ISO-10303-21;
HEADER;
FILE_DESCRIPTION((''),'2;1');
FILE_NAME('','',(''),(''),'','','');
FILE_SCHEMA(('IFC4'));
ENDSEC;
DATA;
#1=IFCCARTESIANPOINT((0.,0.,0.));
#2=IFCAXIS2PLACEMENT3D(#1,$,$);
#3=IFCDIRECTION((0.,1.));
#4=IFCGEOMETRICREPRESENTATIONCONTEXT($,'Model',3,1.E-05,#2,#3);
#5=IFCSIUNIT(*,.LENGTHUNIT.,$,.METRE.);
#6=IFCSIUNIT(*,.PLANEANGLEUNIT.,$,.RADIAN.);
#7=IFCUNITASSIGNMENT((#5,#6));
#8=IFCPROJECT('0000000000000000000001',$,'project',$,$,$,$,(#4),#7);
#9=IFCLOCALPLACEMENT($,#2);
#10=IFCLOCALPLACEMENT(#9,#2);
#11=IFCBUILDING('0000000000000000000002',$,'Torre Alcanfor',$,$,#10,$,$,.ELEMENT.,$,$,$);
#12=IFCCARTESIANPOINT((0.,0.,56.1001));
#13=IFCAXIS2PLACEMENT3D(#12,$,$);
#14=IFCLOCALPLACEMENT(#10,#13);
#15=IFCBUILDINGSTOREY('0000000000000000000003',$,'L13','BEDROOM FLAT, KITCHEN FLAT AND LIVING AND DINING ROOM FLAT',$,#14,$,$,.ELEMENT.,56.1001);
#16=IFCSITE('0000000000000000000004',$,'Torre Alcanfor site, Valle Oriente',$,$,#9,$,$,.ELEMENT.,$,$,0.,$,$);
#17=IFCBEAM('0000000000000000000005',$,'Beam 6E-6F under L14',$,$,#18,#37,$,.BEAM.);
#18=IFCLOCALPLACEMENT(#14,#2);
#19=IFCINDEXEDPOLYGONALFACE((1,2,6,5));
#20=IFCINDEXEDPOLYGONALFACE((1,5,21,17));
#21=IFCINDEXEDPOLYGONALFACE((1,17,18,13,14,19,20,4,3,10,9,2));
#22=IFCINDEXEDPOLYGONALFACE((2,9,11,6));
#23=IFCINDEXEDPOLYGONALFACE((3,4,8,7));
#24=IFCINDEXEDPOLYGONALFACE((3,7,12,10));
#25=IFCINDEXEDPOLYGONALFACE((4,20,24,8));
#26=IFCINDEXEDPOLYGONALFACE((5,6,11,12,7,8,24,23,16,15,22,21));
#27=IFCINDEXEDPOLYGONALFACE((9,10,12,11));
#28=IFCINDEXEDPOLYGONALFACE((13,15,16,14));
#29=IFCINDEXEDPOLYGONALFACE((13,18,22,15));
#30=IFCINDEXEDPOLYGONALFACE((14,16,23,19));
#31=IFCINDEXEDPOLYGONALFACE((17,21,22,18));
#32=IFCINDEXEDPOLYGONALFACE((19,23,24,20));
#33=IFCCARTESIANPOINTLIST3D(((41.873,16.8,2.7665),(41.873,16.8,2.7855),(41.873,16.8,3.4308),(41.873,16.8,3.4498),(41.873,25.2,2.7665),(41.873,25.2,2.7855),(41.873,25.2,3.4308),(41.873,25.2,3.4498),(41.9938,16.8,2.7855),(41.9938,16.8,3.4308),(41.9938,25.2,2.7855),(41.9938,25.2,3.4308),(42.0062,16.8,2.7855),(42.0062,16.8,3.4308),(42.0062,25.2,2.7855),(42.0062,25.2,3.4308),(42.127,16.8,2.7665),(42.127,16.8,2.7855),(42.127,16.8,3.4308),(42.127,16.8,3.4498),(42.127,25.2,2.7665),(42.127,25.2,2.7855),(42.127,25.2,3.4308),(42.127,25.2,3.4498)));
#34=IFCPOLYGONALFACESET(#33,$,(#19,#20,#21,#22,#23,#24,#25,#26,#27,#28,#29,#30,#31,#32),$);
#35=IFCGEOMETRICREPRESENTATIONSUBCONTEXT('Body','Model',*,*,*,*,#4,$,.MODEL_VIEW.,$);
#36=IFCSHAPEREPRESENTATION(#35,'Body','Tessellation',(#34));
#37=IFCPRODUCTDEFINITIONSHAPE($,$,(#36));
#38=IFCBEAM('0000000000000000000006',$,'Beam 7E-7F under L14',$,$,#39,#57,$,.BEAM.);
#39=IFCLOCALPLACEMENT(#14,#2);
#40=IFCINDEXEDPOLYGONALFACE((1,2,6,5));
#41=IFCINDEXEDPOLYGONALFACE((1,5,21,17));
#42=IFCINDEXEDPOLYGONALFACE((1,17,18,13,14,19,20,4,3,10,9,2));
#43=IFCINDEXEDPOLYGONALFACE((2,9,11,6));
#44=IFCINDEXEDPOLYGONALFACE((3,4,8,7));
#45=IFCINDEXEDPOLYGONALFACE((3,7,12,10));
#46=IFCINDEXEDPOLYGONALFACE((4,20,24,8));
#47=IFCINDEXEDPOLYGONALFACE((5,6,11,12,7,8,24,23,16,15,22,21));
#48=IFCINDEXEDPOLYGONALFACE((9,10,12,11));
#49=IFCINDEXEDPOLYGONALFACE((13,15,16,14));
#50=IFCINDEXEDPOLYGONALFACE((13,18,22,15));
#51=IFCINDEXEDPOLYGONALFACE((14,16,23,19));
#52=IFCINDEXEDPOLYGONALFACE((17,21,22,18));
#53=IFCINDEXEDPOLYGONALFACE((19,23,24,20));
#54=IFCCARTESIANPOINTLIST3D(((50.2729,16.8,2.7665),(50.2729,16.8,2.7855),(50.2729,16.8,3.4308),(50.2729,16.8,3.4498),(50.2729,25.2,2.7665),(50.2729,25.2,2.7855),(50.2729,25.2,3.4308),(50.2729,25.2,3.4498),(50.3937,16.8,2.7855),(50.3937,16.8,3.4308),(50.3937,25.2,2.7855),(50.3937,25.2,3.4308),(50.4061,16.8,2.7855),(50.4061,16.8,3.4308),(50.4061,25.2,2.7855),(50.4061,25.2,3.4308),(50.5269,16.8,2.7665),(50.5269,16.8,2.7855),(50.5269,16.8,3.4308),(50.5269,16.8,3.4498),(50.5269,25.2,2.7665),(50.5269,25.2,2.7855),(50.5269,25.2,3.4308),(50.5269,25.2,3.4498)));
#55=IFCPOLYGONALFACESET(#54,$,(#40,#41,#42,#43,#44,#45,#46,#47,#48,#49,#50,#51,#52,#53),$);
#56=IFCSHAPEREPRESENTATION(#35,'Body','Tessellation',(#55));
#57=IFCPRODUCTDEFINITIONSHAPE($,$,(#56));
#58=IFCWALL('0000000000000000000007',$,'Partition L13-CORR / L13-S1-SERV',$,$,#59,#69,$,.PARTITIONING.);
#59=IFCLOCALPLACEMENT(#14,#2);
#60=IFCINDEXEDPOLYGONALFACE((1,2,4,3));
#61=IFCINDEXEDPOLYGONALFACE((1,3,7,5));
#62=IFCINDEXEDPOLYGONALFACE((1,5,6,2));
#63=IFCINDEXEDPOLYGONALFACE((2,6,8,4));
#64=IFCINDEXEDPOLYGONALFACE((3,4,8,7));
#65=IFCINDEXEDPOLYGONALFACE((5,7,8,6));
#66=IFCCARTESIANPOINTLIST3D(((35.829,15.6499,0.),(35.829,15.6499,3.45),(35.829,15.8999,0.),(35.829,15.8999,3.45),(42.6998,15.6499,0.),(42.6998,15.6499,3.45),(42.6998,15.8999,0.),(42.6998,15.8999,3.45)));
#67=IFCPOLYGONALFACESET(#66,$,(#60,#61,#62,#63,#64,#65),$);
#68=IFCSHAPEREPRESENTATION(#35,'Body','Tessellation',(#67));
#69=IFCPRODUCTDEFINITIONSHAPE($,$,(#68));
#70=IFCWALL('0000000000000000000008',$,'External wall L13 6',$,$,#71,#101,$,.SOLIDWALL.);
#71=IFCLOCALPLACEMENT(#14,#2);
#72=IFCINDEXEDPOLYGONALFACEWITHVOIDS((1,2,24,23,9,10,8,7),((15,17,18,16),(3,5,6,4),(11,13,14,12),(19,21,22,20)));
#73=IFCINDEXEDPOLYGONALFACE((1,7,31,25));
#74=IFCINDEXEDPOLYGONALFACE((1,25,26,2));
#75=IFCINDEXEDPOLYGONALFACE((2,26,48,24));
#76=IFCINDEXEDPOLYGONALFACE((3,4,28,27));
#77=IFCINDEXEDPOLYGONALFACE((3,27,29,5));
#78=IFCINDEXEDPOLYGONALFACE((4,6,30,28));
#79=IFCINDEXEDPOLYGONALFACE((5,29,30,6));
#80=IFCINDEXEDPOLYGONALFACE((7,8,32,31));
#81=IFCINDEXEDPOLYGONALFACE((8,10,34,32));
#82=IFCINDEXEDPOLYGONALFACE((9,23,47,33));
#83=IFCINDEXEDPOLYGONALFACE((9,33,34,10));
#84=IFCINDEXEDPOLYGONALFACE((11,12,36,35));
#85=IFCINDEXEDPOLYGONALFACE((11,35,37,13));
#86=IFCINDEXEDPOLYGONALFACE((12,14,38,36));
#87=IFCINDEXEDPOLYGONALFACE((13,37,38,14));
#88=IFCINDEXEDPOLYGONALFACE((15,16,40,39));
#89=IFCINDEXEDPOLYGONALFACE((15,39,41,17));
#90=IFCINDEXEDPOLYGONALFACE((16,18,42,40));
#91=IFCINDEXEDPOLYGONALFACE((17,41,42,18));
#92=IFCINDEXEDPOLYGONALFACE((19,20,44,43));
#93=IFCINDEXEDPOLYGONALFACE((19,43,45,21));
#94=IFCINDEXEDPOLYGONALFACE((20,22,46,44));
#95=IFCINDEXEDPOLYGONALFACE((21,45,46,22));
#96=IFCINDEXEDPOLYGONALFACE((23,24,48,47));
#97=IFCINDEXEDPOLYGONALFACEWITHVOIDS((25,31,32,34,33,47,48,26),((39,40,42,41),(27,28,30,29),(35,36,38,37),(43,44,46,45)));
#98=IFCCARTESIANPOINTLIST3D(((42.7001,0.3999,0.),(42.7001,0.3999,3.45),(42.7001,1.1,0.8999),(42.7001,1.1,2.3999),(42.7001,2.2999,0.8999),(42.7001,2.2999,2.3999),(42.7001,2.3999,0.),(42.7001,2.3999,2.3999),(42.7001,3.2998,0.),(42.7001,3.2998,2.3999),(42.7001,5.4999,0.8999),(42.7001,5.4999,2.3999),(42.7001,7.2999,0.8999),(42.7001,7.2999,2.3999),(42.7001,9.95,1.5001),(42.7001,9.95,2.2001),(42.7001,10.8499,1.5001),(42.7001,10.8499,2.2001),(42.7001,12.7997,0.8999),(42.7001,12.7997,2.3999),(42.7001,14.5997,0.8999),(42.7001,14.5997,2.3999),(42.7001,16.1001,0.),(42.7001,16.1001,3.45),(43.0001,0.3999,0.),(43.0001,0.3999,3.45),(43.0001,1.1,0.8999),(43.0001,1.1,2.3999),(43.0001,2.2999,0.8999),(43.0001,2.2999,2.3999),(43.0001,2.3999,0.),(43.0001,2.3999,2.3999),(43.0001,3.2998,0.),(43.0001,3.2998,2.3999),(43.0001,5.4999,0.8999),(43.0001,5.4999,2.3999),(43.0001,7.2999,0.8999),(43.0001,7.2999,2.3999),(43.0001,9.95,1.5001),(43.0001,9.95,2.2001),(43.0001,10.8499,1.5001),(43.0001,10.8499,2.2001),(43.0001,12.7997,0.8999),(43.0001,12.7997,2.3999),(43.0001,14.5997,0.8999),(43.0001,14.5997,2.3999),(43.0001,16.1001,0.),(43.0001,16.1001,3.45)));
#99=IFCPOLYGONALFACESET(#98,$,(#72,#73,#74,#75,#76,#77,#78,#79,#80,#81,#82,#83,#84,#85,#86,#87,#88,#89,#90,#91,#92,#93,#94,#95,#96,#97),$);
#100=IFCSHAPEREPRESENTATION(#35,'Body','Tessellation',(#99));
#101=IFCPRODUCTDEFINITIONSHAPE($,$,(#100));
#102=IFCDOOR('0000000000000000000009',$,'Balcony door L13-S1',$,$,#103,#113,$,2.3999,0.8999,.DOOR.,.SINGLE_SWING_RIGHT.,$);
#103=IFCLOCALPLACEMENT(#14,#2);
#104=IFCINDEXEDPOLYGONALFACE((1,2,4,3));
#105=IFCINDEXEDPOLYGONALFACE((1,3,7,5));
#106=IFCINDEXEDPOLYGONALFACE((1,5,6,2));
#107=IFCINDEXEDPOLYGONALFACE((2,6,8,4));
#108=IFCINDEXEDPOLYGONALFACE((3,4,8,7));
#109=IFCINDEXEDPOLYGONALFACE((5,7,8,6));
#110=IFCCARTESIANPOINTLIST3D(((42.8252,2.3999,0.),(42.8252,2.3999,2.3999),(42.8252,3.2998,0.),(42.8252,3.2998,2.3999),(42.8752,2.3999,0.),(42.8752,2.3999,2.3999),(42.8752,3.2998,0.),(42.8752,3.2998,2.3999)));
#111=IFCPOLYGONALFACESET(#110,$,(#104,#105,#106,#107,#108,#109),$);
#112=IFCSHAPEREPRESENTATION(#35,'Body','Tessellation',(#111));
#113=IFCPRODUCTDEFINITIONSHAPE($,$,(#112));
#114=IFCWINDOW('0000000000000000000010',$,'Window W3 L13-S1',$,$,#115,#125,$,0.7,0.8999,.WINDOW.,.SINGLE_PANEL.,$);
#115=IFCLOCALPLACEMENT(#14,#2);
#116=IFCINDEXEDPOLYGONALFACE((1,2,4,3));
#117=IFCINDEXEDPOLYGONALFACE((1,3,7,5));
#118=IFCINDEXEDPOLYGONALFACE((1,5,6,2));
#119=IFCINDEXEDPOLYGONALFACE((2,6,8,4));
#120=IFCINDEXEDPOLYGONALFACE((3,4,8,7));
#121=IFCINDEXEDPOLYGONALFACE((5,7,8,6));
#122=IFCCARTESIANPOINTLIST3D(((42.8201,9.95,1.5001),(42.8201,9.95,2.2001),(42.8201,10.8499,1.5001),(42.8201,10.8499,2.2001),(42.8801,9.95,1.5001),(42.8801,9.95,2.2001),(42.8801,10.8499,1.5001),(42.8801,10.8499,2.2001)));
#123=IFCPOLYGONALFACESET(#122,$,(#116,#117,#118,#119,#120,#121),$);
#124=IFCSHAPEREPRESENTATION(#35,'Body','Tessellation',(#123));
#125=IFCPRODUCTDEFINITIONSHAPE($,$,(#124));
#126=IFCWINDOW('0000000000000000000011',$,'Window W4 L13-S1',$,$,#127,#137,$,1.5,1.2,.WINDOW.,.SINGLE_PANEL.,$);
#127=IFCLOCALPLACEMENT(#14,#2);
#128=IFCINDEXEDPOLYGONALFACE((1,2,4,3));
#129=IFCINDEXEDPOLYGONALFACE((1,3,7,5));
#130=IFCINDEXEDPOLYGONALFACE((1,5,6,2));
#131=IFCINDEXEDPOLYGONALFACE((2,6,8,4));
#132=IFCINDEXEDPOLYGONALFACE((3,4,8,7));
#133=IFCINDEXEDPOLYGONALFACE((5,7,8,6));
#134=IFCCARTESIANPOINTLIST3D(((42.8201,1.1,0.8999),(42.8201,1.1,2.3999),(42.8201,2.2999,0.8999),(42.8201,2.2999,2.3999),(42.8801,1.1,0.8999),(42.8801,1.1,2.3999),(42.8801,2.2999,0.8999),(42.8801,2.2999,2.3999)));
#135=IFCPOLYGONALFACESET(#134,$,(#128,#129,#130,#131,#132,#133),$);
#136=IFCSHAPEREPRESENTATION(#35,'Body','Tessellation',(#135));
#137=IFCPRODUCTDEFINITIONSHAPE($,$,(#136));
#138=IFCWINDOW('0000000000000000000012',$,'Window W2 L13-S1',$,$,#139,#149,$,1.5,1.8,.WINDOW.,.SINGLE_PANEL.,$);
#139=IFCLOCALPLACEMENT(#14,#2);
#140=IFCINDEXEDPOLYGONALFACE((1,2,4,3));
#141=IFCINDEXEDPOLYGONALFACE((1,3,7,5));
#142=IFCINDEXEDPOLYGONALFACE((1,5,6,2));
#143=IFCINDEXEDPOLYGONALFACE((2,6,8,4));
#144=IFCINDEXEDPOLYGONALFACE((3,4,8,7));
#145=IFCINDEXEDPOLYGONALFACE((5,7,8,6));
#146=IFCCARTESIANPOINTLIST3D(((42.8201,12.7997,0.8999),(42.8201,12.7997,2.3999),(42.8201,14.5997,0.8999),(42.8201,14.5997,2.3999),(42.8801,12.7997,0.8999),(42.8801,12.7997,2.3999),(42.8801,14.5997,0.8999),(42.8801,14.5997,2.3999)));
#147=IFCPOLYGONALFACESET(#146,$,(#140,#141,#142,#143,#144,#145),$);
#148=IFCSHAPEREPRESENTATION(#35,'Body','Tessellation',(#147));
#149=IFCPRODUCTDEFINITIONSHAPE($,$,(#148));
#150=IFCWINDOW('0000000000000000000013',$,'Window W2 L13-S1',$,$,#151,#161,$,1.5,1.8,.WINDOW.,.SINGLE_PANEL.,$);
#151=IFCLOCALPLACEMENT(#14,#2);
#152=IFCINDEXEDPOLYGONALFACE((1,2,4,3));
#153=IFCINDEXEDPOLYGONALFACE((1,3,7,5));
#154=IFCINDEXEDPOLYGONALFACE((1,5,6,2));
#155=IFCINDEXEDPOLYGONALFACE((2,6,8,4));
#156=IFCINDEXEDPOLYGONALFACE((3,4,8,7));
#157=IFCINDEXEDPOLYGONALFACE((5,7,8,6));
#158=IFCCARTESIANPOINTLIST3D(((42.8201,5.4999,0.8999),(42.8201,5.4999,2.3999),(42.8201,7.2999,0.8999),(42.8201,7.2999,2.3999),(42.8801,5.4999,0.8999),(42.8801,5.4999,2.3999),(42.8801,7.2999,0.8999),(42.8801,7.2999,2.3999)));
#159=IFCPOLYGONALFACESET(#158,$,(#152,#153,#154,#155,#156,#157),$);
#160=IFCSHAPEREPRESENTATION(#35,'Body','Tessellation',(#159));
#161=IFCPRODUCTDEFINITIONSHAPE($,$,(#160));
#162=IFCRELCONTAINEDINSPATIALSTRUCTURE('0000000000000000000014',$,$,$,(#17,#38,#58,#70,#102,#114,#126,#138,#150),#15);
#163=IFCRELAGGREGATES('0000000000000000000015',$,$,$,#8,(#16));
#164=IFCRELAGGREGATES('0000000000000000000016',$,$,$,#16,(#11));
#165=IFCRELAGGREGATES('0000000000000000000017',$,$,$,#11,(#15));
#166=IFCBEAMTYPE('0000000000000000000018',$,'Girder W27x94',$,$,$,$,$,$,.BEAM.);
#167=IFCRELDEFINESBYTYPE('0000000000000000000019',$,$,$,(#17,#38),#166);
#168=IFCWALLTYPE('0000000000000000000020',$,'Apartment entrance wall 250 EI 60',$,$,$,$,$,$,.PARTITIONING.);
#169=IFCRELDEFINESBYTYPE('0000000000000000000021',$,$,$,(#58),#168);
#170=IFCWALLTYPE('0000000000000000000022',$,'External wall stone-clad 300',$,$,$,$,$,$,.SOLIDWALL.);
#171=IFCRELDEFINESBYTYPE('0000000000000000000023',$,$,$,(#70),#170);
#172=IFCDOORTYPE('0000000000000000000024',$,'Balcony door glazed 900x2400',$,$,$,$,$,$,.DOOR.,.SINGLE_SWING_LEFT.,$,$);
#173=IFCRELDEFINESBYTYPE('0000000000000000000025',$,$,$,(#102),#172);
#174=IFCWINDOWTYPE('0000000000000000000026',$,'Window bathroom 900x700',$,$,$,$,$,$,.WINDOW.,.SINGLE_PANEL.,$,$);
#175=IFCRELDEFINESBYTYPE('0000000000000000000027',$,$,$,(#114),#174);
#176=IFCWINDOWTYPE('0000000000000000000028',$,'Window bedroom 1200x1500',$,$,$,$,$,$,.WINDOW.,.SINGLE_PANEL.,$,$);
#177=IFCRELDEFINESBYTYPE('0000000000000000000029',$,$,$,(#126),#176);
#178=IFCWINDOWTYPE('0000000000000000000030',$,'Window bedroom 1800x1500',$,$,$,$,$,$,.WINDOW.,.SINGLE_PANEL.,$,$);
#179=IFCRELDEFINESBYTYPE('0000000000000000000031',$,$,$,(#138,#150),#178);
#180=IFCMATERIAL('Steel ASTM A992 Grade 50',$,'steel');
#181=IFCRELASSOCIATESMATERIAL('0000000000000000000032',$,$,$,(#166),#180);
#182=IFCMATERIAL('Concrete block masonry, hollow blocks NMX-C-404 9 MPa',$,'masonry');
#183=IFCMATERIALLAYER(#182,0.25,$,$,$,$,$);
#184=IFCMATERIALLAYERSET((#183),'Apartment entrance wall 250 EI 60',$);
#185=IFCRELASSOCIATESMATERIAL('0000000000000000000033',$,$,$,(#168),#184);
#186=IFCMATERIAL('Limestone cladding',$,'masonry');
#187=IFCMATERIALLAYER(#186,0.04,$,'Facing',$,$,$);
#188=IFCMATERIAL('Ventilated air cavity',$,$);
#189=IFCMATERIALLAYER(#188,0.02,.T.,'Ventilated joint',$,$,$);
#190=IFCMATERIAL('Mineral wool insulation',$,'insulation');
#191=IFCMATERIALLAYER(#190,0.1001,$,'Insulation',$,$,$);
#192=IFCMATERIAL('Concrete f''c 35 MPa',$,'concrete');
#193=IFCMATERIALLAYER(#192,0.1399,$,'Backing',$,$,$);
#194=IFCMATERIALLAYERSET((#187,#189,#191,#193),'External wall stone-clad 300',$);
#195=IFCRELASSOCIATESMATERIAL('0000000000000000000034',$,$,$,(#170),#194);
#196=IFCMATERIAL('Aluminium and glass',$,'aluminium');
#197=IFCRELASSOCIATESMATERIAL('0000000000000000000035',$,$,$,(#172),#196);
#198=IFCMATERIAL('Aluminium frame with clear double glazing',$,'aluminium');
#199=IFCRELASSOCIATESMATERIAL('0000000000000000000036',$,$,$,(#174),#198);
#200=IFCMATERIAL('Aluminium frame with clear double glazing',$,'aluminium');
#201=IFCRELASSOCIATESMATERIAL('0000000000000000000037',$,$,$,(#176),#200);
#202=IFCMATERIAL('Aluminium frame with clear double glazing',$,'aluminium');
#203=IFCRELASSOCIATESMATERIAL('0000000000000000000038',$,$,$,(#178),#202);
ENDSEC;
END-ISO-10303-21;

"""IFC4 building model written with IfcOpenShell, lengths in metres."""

from ifc_helpers import new_model, si_unit, direction, frame, frame_2d, origin, origin_2d, place, context, subcontext, project, spatial, rectangle, i_section, extrude, material, layer, layer_set, material_profile, profile_set, type_object, element, fill, save


model = new_model("IFC4")

# Units and contexts
model_context = context("Model", 3, precision=1e-05, world=origin(), true_north=direction((0.0, 1.0)))
body_context = subcontext(model_context, "Body", "Model", "MODEL_VIEW")
ifc_project = project(units=[si_unit("LENGTHUNIT", "METRE"), si_unit("PLANEANGLEUNIT", "RADIAN")], contexts=[model_context])

# Site, building, storey
site_placement = place(None, origin())
site = spatial("IfcSite", under=ifc_project, at=site_placement, Name="Torre Alcanfor site, Valle Oriente", CompositionType="ELEMENT", RefElevation=0.0)
building_placement = place(site_placement, origin())
building = spatial("IfcBuilding", under=site, at=building_placement, Name="Torre Alcanfor", CompositionType="ELEMENT")
storey_placement = place(building_placement, frame((0.0, 0.0, 56.1001)))
storey = spatial("IfcBuildingStorey", under=building, at=storey_placement, Name="L13", Description="BEDROOM FLAT, KITCHEN FLAT AND LIVING AND DINING ROOM FLAT", CompositionType="ELEMENT", Elevation=56.1001)

# Beams
ifc_material_1 = material(Name="Steel ASTM A992 Grade 50", Category="steel")
ifc_material_profile_1 = material_profile(ifc_material_1, i_section(OverallWidth=0.2539, OverallDepth=0.6833, WebThickness=0.0125, FlangeThickness=0.019, at=origin_2d()), Name="W27x94")
ifc_profile_set_1 = profile_set([ifc_material_profile_1], Name="Steel ASTM A992 Grade 50")
beam_type_1 = type_object("IfcBeamType", Name="Girder W27x94", PredefinedType="BEAM", material=ifc_profile_set_1)
for number, where, z_axis, x_axis, name in (
    (1, (42.0, 16.8, 3.1082), (0.0, 1.0, 0.0), (-1.0, 0.0, 0.0), "Beam 6E-6F under L14"),
    (2, (50.3999, 16.8, 3.1082), (0.0, 1.0, 0.0), (-1.0, 0.0, 0.0), "Beam 7E-7F under L14"),
):
    element("IfcBeam", number, at=place(storey_placement, frame(where, z_axis=z_axis, x_axis=x_axis)), inside=storey, type_object=beam_type_1, Name=name, PredefinedType="BEAM", context=body_context, shape_type="SweptSolid", body=[
        extrude(i_section(OverallWidth=0.2539, OverallDepth=0.6833, WebThickness=0.0125, FlangeThickness=0.019, at=origin_2d()), origin(), (0.0, 0.0, 1.0), 8.3999),
    ])

# Wall
ifc_material_2 = material(Name="Concrete block masonry, hollow blocks NMX-C-404 9 MPa", Category="masonry")
ifc_layer_1 = layer(ifc_material_2, 0.25)
ifc_layer_set_1 = layer_set([ifc_layer_1], Name="Apartment entrance wall 250 EI 60")
wall_type_1 = type_object("IfcWallType", Name="Apartment entrance wall 250 EI 60", PredefinedType="PARTITIONING", material=ifc_layer_set_1)
wall_1_placement = place(storey_placement, frame((42.7, 15.7749, 0.0), z_axis=(0.0, 0.0, 1.0), x_axis=(-1.0, 0.0, 0.0)))
element("IfcWall", 3, at=wall_1_placement, inside=storey, type_object=wall_type_1, Name="Partition L13-CORR / L13-S1-SERV", PredefinedType="PARTITIONING", context=body_context, shape_type="SweptSolid", body=[
    extrude(rectangle(XDim=6.8708, YDim=0.25, at=frame_2d((3.4355, 0.0))), origin(), (0.0, 0.0, 1.0), 3.45),
])

# Wall, openings, door, windows
ifc_material_3 = material(Name="Limestone cladding", Category="masonry")
ifc_layer_2 = layer(ifc_material_3, 0.04, Name="Facing")
ifc_material_4 = material(Name="Ventilated air cavity")
ifc_layer_3 = layer(ifc_material_4, 0.02, ventilated=True, Name="Ventilated joint")
ifc_material_5 = material(Name="Mineral wool insulation", Category="insulation")
ifc_layer_4 = layer(ifc_material_5, 0.1001, Name="Insulation")
ifc_material_6 = material(Name="Concrete f'c 35 MPa", Category="concrete")
ifc_layer_5 = layer(ifc_material_6, 0.1399, Name="Backing")
ifc_layer_set_2 = layer_set([ifc_layer_2, ifc_layer_3, ifc_layer_4, ifc_layer_5], Name="External wall stone-clad 300")
wall_type_2 = type_object("IfcWallType", Name="External wall stone-clad 300", PredefinedType="SOLIDWALL", material=ifc_layer_set_2)
wall_2_placement = place(storey_placement, frame((42.8501, 0.3999, 0.0), z_axis=(0.0, 0.0, 1.0), x_axis=(0.0, 1.0, 0.0)))
wall_2 = element("IfcWall", 4, at=wall_2_placement, inside=storey, type_object=wall_type_2, Name="External wall L13 6", PredefinedType="SOLIDWALL", context=body_context, shape_type="SweptSolid", body=[
    extrude(rectangle(XDim=15.7002, YDim=0.3, at=frame_2d((7.8501, 0.0))), origin(), (0.0, 0.0, 1.0), 3.45),
])
opening_1_placement = place(wall_2_placement, frame((12.3999, 0.0, 0.8999)))
opening_1 = element("IfcOpeningElement", 5, at=opening_1_placement, cuts=wall_2, PredefinedType="OPENING", context=body_context, shape_type="SweptSolid", body=[
    extrude(rectangle(XDim=1.8, YDim=1.5, at=frame_2d((0.8999, 0.75))), frame((0.0, 0.1599, 0.0), z_axis=(0.0, -1.0, 0.0), x_axis=(1.0, 0.0, 0.0)), (0.0, 0.0, 1.0), 0.3201),
])
opening_2_placement = place(wall_2_placement, frame((9.55, 0.0, 1.5)))
opening_2 = element("IfcOpeningElement", 6, at=opening_2_placement, cuts=wall_2, PredefinedType="OPENING", context=body_context, shape_type="SweptSolid", body=[
    extrude(rectangle(XDim=0.8999, YDim=0.7, at=frame_2d((0.45, 0.3501))), frame((0.0, 0.1599, 0.0), z_axis=(0.0, -1.0, 0.0), x_axis=(1.0, 0.0, 0.0)), (0.0, 0.0, 1.0), 0.3201),
])
opening_3_placement = place(wall_2_placement, frame((5.1001, 0.0, 0.8999)))
opening_3 = element("IfcOpeningElement", 7, at=opening_3_placement, cuts=wall_2, PredefinedType="OPENING", context=body_context, shape_type="SweptSolid", body=[
    extrude(rectangle(XDim=1.8, YDim=1.5, at=frame_2d((0.8999, 0.75))), frame((0.0, 0.1599, 0.0), z_axis=(0.0, -1.0, 0.0), x_axis=(1.0, 0.0, 0.0)), (0.0, 0.0, 1.0), 0.3201),
])
opening_4_placement = place(wall_2_placement, frame((2.0, 0.0, 0.0)))
opening_4 = element("IfcOpeningElement", 8, at=opening_4_placement, cuts=wall_2, PredefinedType="OPENING", context=body_context, shape_type="SweptSolid", body=[
    extrude(rectangle(XDim=0.8999, YDim=2.3999, at=frame_2d((0.45, 1.2))), frame((0.0, 0.1599, 0.0), z_axis=(0.0, -1.0, 0.0), x_axis=(1.0, 0.0, 0.0)), (0.0, 0.0, 1.0), 0.3201),
])
opening_5_placement = place(wall_2_placement, frame((0.7, 0.0, 0.8999)))
opening_5 = element("IfcOpeningElement", 9, at=opening_5_placement, cuts=wall_2, PredefinedType="OPENING", context=body_context, shape_type="SweptSolid", body=[
    extrude(rectangle(XDim=1.2, YDim=1.5, at=frame_2d((0.6001, 0.75))), frame((0.0, 0.1599, 0.0), z_axis=(0.0, -1.0, 0.0), x_axis=(1.0, 0.0, 0.0)), (0.0, 0.0, 1.0), 0.3201),
])
ifc_material_7 = material(Name="Aluminium and glass", Category="aluminium")
door_type = type_object("IfcDoorType", Name="Balcony door glazed 900x2400", OperationType="SINGLE_SWING_LEFT", PredefinedType="DOOR", material=ifc_material_7)
door_1_placement = place(opening_4_placement, origin())
door_1 = element("IfcDoor", 10, at=door_1_placement, inside=storey, type_object=door_type, Name="Balcony door L13-S1", OperationType="SINGLE_SWING_RIGHT", OverallHeight=2.3999, OverallWidth=0.8999, PredefinedType="DOOR", context=body_context, shape_type="SweptSolid", body=[
    extrude(rectangle(XDim=0.8999, YDim=2.3999, at=frame_2d((0.45, 1.2))), frame((0.0, 0.0249, 0.0), z_axis=(0.0, -1.0, 0.0), x_axis=(1.0, 0.0, 0.0)), (0.0, 0.0, 1.0), 0.05),
])
fill(opening_4, door_1)
ifc_material_8 = material(Name="Aluminium frame with clear double glazing", Category="aluminium")
window_type_1 = type_object("IfcWindowType", Name="Window bathroom 900x700", PartitioningType="SINGLE_PANEL", PredefinedType="WINDOW", material=ifc_material_8)
window_1_placement = place(opening_2_placement, origin())
window_1 = element("IfcWindow", 11, at=window_1_placement, inside=storey, type_object=window_type_1, Name="Window W3 L13-S1", OverallHeight=0.7, OverallWidth=0.8999, PartitioningType="SINGLE_PANEL", PredefinedType="WINDOW", context=body_context, shape_type="SweptSolid", body=[
    extrude(rectangle(XDim=0.8999, YDim=0.7, at=frame_2d((0.45, 0.3501))), frame((0.0, 0.03, 0.0), z_axis=(0.0, -1.0, 0.0), x_axis=(1.0, 0.0, 0.0)), (0.0, 0.0, 1.0), 0.0601),
])
fill(opening_2, window_1)
ifc_material_9 = material(Name="Aluminium frame with clear double glazing", Category="aluminium")
window_type_2 = type_object("IfcWindowType", Name="Window bedroom 1200x1500", PartitioningType="SINGLE_PANEL", PredefinedType="WINDOW", material=ifc_material_9)
window_2_placement = place(opening_5_placement, origin())
window_2 = element("IfcWindow", 12, at=window_2_placement, inside=storey, type_object=window_type_2, Name="Window W4 L13-S1", OverallHeight=1.5, OverallWidth=1.2, PartitioningType="SINGLE_PANEL", PredefinedType="WINDOW", context=body_context, shape_type="SweptSolid", body=[
    extrude(rectangle(XDim=1.2, YDim=1.5, at=frame_2d((0.6001, 0.75))), frame((0.0, 0.03, 0.0), z_axis=(0.0, -1.0, 0.0), x_axis=(1.0, 0.0, 0.0)), (0.0, 0.0, 1.0), 0.0601),
])
fill(opening_5, window_2)
ifc_material_10 = material(Name="Aluminium frame with clear double glazing", Category="aluminium")
window_type_3 = type_object("IfcWindowType", Name="Window bedroom 1800x1500", PartitioningType="SINGLE_PANEL", PredefinedType="WINDOW", material=ifc_material_10)
window_3_placement = place(opening_1_placement, origin())
window_3 = element("IfcWindow", 13, at=window_3_placement, inside=storey, type_object=window_type_3, Name="Window W2 L13-S1", OverallHeight=1.5, OverallWidth=1.8, PartitioningType="SINGLE_PANEL", PredefinedType="WINDOW", context=body_context, shape_type="SweptSolid", body=[
    extrude(rectangle(XDim=1.8, YDim=1.5, at=frame_2d((0.8999, 0.75))), frame((0.0, 0.03, 0.0), z_axis=(0.0, -1.0, 0.0), x_axis=(1.0, 0.0, 0.0)), (0.0, 0.0, 1.0), 0.0601),
])
fill(opening_1, window_3)
window_4_placement = place(opening_3_placement, origin())
window_4 = element("IfcWindow", 14, at=window_4_placement, inside=storey, type_object=window_type_3, Name="Window W2 L13-S1", OverallHeight=1.5, OverallWidth=1.8, PartitioningType="SINGLE_PANEL", PredefinedType="WINDOW", context=body_context, shape_type="SweptSolid", body=[
    extrude(rectangle(XDim=1.8, YDim=1.5, at=frame_2d((0.8999, 0.75))), frame((0.0, 0.03, 0.0), z_axis=(0.0, -1.0, 0.0), x_axis=(1.0, 0.0, 0.0)), (0.0, 0.0, 1.0), 0.0601),
])
fill(opening_3, window_4)

save(model, "model.ifc")
